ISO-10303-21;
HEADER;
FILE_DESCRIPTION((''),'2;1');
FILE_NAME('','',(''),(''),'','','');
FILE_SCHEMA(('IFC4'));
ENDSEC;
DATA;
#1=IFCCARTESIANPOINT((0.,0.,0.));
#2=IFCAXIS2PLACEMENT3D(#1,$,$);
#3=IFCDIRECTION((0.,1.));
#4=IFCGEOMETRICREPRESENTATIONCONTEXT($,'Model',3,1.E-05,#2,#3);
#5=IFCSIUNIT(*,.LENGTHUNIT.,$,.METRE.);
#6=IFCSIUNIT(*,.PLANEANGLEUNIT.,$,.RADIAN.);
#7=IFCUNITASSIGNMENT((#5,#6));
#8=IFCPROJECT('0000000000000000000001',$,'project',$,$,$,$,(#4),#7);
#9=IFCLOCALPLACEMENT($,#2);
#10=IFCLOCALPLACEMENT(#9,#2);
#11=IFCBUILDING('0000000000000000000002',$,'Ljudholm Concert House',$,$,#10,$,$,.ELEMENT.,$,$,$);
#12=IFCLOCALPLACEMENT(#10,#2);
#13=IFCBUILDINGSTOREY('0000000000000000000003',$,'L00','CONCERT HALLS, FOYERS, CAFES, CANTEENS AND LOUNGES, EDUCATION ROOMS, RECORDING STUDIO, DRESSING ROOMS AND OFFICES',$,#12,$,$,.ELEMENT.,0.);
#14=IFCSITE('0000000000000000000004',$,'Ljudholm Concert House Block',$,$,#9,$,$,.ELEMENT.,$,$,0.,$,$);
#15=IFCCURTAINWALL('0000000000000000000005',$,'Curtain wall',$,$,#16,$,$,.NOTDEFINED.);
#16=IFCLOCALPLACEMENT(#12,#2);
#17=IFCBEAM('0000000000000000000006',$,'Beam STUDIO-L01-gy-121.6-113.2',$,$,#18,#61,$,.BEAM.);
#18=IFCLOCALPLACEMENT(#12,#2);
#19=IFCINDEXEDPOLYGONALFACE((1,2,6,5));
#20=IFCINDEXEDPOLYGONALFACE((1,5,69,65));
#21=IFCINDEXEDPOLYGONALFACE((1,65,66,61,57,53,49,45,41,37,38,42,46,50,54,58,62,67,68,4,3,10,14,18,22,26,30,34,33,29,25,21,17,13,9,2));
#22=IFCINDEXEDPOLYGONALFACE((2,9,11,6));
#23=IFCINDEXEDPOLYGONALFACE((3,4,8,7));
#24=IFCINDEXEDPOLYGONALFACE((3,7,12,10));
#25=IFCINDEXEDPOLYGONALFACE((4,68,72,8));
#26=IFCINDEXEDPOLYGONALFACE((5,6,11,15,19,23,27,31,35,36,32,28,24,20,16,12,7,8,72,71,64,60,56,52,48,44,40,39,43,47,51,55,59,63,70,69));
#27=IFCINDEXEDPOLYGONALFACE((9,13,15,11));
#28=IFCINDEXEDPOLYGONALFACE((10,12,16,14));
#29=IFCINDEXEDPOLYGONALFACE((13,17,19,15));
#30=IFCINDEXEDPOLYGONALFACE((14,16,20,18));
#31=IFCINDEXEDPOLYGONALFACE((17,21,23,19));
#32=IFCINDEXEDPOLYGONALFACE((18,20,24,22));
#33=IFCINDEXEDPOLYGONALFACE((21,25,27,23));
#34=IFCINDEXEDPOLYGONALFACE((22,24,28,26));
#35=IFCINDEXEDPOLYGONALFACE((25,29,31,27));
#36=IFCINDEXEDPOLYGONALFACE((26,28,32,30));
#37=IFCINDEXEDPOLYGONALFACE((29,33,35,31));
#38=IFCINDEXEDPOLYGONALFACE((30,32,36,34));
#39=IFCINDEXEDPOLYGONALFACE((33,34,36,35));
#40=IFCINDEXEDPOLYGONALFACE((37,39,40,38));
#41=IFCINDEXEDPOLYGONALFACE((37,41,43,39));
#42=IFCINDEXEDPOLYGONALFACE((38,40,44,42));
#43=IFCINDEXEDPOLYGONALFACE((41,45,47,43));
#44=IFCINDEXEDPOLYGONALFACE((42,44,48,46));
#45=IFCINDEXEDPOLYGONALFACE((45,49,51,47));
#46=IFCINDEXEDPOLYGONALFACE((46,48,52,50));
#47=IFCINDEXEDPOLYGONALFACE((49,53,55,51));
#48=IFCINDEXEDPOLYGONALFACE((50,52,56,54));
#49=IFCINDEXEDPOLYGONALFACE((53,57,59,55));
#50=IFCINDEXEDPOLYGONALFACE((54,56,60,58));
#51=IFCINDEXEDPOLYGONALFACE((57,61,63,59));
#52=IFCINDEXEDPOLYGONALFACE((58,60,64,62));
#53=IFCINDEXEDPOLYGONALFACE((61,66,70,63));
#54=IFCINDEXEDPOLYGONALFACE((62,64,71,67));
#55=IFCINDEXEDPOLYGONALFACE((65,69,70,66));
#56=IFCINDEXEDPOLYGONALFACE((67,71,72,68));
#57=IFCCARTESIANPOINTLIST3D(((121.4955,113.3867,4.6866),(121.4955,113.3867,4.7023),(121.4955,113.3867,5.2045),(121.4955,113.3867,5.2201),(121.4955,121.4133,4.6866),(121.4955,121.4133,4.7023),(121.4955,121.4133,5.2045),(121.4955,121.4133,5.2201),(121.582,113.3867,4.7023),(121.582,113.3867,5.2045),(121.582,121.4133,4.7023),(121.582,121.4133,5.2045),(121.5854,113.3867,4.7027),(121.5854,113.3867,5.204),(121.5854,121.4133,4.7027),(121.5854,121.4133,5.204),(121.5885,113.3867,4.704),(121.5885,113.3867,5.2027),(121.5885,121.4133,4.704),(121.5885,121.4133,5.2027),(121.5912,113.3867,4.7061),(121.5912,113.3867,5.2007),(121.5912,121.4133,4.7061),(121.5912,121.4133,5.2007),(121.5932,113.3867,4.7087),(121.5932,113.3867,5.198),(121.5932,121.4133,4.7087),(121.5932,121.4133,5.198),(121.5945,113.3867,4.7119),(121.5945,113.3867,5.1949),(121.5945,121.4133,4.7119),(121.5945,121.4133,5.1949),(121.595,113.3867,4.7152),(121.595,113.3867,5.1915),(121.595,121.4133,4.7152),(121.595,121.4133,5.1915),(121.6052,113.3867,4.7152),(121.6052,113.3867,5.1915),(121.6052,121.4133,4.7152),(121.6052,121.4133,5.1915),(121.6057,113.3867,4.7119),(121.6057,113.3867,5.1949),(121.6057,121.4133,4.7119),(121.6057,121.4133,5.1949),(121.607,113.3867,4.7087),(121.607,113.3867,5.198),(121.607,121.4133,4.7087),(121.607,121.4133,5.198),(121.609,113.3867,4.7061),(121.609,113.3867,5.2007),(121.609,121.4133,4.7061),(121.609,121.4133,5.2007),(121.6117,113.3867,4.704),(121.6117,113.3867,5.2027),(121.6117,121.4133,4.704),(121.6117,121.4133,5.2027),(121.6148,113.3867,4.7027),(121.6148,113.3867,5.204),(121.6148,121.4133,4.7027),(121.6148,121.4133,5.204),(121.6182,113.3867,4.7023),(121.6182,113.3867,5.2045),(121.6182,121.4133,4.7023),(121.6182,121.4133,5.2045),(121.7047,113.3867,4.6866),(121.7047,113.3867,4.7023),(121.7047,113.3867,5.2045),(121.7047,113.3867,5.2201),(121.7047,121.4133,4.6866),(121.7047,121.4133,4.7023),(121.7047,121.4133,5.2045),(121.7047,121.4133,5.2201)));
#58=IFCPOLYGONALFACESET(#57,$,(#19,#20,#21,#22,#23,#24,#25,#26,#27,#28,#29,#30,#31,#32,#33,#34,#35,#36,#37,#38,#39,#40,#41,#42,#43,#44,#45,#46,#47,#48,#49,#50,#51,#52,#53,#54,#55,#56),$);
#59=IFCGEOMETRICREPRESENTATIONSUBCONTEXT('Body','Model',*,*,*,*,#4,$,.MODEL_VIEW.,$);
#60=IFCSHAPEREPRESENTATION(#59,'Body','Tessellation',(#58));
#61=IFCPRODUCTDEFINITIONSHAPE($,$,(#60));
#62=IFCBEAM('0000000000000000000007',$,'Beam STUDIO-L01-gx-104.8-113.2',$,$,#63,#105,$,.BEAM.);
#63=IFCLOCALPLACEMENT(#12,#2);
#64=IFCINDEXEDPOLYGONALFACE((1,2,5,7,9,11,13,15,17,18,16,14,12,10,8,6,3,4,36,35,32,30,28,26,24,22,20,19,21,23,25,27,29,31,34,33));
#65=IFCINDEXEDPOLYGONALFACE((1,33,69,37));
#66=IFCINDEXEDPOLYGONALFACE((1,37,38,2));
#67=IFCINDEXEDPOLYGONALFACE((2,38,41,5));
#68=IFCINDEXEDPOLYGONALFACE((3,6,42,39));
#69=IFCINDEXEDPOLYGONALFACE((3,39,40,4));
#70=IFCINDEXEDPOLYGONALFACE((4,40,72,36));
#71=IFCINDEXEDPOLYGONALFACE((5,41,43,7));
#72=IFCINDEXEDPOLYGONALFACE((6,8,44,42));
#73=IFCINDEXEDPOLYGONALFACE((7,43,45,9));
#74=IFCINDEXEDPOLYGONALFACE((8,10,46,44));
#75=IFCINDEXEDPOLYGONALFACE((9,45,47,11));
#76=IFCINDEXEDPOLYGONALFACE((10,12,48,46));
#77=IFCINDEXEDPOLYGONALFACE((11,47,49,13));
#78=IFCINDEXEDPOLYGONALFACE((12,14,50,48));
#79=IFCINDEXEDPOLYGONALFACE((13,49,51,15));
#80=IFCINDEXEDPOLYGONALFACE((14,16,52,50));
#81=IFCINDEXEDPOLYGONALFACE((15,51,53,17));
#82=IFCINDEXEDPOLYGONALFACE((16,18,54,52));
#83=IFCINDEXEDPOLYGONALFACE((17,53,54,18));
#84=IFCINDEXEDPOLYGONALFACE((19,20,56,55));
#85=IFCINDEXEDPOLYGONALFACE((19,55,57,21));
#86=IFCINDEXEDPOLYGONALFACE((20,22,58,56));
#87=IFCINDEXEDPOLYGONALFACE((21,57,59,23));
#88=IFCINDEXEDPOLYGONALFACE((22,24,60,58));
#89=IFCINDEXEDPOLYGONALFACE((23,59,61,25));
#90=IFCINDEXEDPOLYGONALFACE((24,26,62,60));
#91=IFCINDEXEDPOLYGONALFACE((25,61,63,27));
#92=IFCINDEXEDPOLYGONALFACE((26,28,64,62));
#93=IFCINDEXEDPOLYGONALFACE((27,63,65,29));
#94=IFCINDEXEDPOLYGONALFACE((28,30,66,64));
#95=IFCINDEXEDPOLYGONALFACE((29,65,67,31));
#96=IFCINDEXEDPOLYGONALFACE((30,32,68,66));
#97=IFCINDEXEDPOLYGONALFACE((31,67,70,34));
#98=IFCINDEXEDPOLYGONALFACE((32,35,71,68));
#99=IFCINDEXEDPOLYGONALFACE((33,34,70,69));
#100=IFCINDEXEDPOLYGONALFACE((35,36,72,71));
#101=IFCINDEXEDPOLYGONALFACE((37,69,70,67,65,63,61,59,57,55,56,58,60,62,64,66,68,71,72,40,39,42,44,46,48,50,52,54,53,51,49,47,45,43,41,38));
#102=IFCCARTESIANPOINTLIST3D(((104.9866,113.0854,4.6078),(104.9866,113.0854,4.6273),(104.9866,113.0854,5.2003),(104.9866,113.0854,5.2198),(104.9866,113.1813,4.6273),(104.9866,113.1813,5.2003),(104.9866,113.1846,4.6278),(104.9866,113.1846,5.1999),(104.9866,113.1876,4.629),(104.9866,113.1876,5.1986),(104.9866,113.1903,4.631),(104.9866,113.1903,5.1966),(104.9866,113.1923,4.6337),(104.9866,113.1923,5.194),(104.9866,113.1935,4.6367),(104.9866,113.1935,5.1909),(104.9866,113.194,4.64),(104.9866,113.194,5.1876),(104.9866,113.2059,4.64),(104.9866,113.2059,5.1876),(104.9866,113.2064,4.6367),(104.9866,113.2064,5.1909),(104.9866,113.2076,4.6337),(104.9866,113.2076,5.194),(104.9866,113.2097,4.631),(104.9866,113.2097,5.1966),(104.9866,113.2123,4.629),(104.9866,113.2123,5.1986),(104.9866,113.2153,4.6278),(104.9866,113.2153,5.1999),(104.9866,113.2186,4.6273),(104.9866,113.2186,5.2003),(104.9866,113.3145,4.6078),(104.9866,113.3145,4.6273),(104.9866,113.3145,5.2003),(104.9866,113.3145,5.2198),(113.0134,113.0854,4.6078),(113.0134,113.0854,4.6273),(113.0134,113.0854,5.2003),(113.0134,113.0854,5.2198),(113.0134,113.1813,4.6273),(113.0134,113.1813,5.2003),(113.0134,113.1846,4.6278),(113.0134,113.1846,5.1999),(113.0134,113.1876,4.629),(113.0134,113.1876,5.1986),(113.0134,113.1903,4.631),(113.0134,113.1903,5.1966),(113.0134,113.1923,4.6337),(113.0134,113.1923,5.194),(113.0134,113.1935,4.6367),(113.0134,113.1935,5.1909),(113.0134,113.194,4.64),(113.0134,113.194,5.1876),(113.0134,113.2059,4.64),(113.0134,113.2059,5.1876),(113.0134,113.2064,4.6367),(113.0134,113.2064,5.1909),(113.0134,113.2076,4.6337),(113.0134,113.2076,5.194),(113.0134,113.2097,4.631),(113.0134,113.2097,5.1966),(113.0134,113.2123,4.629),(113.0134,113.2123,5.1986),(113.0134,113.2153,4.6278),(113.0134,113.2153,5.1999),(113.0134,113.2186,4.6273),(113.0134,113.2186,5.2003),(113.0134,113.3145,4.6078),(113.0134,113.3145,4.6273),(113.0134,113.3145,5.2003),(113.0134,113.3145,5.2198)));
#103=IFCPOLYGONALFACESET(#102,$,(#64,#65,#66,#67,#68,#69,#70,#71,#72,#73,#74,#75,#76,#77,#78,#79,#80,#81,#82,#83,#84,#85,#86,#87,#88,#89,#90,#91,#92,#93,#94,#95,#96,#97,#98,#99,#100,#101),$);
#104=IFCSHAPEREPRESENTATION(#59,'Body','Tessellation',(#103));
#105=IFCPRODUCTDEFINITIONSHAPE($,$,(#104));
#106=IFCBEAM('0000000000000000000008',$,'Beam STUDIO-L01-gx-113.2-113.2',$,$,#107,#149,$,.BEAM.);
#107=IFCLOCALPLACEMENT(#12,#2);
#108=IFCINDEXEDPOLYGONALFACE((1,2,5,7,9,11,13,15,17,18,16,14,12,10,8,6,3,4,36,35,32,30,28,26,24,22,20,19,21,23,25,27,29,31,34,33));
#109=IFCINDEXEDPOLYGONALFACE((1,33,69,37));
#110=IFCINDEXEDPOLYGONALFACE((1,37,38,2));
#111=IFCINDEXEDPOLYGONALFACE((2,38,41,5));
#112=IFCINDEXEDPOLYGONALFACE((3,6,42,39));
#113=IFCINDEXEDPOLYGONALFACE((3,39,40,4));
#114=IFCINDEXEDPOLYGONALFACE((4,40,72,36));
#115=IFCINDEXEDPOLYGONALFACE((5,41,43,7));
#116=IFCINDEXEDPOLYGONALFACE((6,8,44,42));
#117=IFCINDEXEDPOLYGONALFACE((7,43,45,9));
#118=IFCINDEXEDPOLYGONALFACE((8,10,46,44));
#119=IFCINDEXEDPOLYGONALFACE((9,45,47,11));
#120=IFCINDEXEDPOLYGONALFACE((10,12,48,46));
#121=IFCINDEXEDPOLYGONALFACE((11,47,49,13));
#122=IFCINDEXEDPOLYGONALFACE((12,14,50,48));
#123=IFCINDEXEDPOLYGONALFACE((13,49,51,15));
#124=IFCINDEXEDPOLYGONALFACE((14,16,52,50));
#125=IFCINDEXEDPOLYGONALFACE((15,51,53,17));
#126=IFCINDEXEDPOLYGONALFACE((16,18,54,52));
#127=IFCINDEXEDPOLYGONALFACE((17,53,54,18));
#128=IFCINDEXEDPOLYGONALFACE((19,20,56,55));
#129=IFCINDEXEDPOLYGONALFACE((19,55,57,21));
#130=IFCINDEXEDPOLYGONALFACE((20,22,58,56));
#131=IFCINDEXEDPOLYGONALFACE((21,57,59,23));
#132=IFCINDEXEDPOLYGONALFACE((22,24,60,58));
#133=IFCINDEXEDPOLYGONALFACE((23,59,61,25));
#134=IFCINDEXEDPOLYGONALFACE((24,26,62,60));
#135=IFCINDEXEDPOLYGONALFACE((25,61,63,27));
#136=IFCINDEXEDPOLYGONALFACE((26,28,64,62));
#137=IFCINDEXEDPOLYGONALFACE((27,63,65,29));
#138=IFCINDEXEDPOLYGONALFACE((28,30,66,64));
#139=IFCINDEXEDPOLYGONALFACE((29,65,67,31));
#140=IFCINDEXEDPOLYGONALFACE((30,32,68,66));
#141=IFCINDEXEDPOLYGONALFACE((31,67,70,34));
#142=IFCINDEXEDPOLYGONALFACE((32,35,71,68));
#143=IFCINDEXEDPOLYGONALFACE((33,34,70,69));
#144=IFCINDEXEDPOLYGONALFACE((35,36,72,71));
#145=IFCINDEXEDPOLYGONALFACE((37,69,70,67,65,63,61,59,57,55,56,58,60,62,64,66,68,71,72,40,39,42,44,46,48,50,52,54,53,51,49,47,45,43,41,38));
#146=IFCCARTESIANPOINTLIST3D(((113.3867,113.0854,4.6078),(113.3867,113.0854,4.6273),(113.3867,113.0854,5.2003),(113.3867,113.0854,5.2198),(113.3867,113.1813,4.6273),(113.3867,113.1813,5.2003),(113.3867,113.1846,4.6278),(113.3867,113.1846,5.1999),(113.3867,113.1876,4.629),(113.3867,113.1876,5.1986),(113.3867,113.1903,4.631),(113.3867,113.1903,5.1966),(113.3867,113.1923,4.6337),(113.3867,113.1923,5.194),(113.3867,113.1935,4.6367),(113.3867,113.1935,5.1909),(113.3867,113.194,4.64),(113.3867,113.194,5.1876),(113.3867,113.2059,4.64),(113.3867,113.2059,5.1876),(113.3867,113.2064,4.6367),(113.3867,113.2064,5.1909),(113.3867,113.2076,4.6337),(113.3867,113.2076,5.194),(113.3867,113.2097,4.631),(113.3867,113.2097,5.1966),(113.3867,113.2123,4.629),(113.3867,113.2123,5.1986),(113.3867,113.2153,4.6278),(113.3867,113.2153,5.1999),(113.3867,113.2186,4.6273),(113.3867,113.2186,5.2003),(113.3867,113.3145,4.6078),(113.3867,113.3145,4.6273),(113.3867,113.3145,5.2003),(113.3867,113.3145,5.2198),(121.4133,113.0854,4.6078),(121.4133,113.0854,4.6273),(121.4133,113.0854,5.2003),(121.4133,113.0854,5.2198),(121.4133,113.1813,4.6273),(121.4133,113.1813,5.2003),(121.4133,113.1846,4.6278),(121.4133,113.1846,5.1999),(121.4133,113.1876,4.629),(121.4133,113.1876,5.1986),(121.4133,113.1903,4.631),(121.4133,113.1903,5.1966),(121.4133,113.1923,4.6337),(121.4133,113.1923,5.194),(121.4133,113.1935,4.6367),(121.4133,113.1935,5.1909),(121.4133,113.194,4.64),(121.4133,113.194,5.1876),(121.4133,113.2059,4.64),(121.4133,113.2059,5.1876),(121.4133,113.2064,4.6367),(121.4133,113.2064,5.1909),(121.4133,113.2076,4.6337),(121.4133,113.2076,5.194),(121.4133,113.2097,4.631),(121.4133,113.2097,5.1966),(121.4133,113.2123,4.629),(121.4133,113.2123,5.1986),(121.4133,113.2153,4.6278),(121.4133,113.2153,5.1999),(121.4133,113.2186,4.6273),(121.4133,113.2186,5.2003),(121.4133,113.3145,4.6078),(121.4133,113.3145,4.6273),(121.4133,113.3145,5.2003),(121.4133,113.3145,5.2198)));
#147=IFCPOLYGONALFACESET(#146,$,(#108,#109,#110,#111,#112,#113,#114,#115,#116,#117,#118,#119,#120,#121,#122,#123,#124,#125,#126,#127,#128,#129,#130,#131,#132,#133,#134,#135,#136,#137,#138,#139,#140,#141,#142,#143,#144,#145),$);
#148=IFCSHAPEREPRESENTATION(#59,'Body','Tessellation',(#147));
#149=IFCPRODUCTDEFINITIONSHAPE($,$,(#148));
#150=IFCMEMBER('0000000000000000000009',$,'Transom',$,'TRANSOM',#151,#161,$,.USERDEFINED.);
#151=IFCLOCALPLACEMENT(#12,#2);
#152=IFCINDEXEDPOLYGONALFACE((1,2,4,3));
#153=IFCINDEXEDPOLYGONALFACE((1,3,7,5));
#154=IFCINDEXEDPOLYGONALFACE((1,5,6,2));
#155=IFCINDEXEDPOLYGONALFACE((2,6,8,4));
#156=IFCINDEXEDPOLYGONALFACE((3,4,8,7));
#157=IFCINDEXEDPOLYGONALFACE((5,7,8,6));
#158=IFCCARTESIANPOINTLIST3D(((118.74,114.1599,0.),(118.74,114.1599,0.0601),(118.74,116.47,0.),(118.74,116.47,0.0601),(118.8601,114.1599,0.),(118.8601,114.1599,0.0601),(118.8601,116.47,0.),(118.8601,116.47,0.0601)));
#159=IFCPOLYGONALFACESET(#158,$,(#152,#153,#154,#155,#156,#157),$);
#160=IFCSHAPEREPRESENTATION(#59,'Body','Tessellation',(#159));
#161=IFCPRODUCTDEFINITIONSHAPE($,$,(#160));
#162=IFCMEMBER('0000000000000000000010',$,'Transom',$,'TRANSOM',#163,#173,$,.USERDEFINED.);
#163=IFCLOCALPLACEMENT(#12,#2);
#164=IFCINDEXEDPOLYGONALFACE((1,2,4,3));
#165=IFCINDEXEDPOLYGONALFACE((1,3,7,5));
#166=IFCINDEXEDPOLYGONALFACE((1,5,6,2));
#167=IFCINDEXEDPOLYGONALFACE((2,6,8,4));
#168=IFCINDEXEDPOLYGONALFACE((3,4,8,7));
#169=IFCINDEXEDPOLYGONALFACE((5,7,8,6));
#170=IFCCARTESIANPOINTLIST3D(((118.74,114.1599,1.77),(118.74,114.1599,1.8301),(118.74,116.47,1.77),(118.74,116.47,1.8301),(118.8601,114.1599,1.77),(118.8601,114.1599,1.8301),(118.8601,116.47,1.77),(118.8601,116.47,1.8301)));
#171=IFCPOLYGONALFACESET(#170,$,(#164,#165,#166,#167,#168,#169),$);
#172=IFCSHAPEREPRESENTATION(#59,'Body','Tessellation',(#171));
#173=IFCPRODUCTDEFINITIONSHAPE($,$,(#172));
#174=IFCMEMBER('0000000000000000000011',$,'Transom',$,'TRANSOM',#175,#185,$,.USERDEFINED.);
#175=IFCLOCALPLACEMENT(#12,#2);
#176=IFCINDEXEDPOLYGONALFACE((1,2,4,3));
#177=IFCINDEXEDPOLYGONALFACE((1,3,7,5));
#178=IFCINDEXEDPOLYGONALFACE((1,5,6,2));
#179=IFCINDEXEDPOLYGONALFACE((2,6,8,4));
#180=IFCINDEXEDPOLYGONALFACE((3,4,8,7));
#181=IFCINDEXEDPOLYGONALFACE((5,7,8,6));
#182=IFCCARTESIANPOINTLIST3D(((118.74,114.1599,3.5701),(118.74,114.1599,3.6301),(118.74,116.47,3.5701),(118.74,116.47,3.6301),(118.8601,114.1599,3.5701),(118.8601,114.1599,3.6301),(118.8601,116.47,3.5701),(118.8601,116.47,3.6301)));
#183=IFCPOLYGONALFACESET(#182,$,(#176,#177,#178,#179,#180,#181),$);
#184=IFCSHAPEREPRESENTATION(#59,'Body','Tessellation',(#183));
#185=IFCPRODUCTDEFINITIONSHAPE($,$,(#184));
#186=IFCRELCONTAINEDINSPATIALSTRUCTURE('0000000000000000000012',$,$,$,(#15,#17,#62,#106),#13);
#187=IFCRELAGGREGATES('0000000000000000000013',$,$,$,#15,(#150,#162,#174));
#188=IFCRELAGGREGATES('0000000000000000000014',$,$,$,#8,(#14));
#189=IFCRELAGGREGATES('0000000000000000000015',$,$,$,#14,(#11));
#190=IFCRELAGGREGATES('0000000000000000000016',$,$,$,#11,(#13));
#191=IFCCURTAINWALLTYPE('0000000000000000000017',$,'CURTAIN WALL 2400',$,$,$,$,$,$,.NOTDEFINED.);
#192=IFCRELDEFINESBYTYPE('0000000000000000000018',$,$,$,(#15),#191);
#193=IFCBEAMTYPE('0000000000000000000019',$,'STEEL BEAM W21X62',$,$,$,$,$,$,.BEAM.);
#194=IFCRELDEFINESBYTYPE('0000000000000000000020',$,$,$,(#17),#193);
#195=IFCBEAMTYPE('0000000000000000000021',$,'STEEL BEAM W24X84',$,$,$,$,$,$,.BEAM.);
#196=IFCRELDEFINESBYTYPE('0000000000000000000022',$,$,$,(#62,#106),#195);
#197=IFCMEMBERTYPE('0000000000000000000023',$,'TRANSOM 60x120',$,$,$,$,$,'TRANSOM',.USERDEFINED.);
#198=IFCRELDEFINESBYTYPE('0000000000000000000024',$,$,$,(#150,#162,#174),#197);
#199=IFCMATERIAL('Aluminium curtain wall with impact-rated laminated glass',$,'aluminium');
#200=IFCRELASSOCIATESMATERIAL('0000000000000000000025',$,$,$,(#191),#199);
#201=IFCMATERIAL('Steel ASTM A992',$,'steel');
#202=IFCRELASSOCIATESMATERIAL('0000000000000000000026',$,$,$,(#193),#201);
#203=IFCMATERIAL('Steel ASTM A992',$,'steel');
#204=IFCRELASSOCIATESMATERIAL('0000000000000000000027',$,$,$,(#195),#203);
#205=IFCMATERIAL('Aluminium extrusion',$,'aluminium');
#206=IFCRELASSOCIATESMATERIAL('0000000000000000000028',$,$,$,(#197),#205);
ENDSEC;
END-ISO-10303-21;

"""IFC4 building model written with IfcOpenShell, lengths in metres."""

from ifc_helpers import new_model, si_unit, direction, frame, origin, origin_2d, place, context, subcontext, project, spatial, rectangle, i_section, extrude, material, material_profile, profile_set, type_object, element, aggregate, save


model = new_model("IFC4")

# Units and contexts
model_context = context("Model", 3, precision=1e-05, world=origin(), true_north=direction((0.0, 1.0)))
body_context = subcontext(model_context, "Body", "Model", "MODEL_VIEW")
ifc_project = project(units=[si_unit("LENGTHUNIT", "METRE"), si_unit("PLANEANGLEUNIT", "RADIAN")], contexts=[model_context])

# Site, building, storey
site_placement = place(None, origin())
site = spatial("IfcSite", under=ifc_project, at=site_placement, Name="Ljudholm Concert House Block", CompositionType="ELEMENT", RefElevation=0.0)
building_placement = place(site_placement, origin())
building = spatial("IfcBuilding", under=site, at=building_placement, Name="Ljudholm Concert House", CompositionType="ELEMENT")
storey_placement = place(building_placement, origin())
storey = spatial("IfcBuildingStorey", under=building, at=storey_placement, Name="L00", Description="CONCERT HALLS, FOYERS, CAFES, CANTEENS AND LOUNGES, EDUCATION ROOMS, RECORDING STUDIO, DRESSING ROOMS AND OFFICES", CompositionType="ELEMENT", Elevation=0.0)

# Curtain wall
ifc_material_1 = material(Name="Aluminium curtain wall with impact-rated laminated glass", Category="aluminium")
curtain_wall_type = type_object("IfcCurtainWallType", Name="CURTAIN WALL 2400", PredefinedType="NOTDEFINED", material=ifc_material_1)
curtain_wall_placement = place(storey_placement, origin())
curtain_wall = element("IfcCurtainWall", 1, at=curtain_wall_placement, inside=storey, type_object=curtain_wall_type, Name="Curtain wall", PredefinedType="NOTDEFINED")

# Beams
ifc_material_2 = material(Name="Steel ASTM A992", Category="steel")
ifc_material_profile_1 = material_profile(ifc_material_2, i_section(OverallWidth=0.2092, OverallDepth=0.5334, WebThickness=0.0103, FlangeThickness=0.0156, FilletRadius=0.0129, at=origin_2d()), Name="W21X62")
ifc_profile_set_1 = profile_set([ifc_material_profile_1], Name="Steel ASTM A992")
beam_type_1 = type_object("IfcBeamType", Name="STEEL BEAM W21X62", PredefinedType="BEAM", material=ifc_profile_set_1)
for number, where, z_axis, x_axis, name in (
    (2, (121.6001, 113.3867, 4.9534), (0.0, 1.0, 0.0), (-1.0, 0.0, 0.0), "Beam STUDIO-L01-gy-121.6-113.2"),
):
    element("IfcBeam", number, at=place(storey_placement, frame(where, z_axis=z_axis, x_axis=x_axis)), inside=storey, type_object=beam_type_1, Name=name, PredefinedType="BEAM", context=body_context, shape_type="SweptSolid", body=[
        extrude(i_section(OverallWidth=0.2092, OverallDepth=0.5334, WebThickness=0.0103, FlangeThickness=0.0156, FilletRadius=0.0129, at=origin_2d()), origin(), (0.0, 0.0, 1.0), 8.0266),
    ])
ifc_material_3 = material(Name="Steel ASTM A992", Category="steel")
ifc_material_profile_2 = material_profile(ifc_material_3, i_section(OverallWidth=0.229, OverallDepth=0.6121, WebThickness=0.012, FlangeThickness=0.0195, FilletRadius=0.0127, at=origin_2d()), Name="W24X84")
ifc_profile_set_2 = profile_set([ifc_material_profile_2], Name="Steel ASTM A992")
beam_type_2 = type_object("IfcBeamType", Name="STEEL BEAM W24X84", PredefinedType="BEAM", material=ifc_profile_set_2)
beam_1_placement = place(storey_placement, frame((104.9866, 113.2, 4.9138), z_axis=(1.0, 0.0, 0.0), x_axis=(0.0, 1.0, 0.0)))
element("IfcBeam", 3, at=beam_1_placement, inside=storey, type_object=beam_type_2, Name="Beam STUDIO-L01-gx-104.8-113.2", PredefinedType="BEAM", context=body_context, shape_type="SweptSolid", body=[
    extrude(i_section(OverallWidth=0.229, OverallDepth=0.6121, WebThickness=0.012, FlangeThickness=0.0195, FilletRadius=0.0127, at=origin_2d()), origin(), (0.0, 0.0, 1.0), 8.0269),
])
beam_2_placement = place(storey_placement, frame((113.3867, 113.2, 4.9138), z_axis=(1.0, 0.0, 0.0), x_axis=(0.0, 1.0, 0.0)))
element("IfcBeam", 4, at=beam_2_placement, inside=storey, type_object=beam_type_2, Name="Beam STUDIO-L01-gx-113.2-113.2", PredefinedType="BEAM", context=body_context, shape_type="SweptSolid", body=[
    extrude(i_section(OverallWidth=0.229, OverallDepth=0.6121, WebThickness=0.012, FlangeThickness=0.0195, FilletRadius=0.0127, at=origin_2d()), origin(), (0.0, 0.0, 1.0), 8.0266),
])

# Members
ifc_material_4 = material(Name="Aluminium extrusion", Category="aluminium")
ifc_material_profile_3 = material_profile(ifc_material_4, rectangle(XDim=0.1201, YDim=0.0601, at=origin_2d()), Name="TRANSOM 60x120")
ifc_profile_set_3 = profile_set([ifc_material_profile_3], Name="Aluminium extrusion")
member_type_1 = type_object("IfcMemberType", Name="TRANSOM 60x120", ElementType="TRANSOM", PredefinedType="USERDEFINED", material=ifc_profile_set_3)
member_1_placement = place(storey_placement, frame((118.8, 114.1599, 0.03), z_axis=(0.0, 1.0, 0.0), x_axis=(-1.0, 0.0, 0.0)))
member_1 = element("IfcMember", 5, at=member_1_placement, type_object=member_type_1, Name="Transom", ObjectType="TRANSOM", PredefinedType="USERDEFINED", context=body_context, shape_type="SweptSolid", body=[
    extrude(rectangle(XDim=0.1201, YDim=0.0601, at=origin_2d()), origin(), (0.0, 0.0, 1.0), 2.3101),
])
member_2_placement = place(storey_placement, frame((118.8, 114.1599, 1.8), z_axis=(0.0, 1.0, 0.0), x_axis=(-1.0, 0.0, 0.0)))
member_2 = element("IfcMember", 6, at=member_2_placement, type_object=member_type_1, Name="Transom", ObjectType="TRANSOM", PredefinedType="USERDEFINED", context=body_context, shape_type="SweptSolid", body=[
    extrude(rectangle(XDim=0.1201, YDim=0.0601, at=origin_2d()), origin(), (0.0, 0.0, 1.0), 2.3101),
])
member_3_placement = place(storey_placement, frame((118.8, 114.1599, 3.6001), z_axis=(0.0, 1.0, 0.0), x_axis=(-1.0, 0.0, 0.0)))
member_3 = element("IfcMember", 7, at=member_3_placement, type_object=member_type_1, Name="Transom", ObjectType="TRANSOM", PredefinedType="USERDEFINED", context=body_context, shape_type="SweptSolid", body=[
    extrude(rectangle(XDim=0.1201, YDim=0.0601, at=origin_2d()), origin(), (0.0, 0.0, 1.0), 2.3101),
])

aggregate(curtain_wall, [member_1, member_2, member_3])

save(model, "model.ifc")
